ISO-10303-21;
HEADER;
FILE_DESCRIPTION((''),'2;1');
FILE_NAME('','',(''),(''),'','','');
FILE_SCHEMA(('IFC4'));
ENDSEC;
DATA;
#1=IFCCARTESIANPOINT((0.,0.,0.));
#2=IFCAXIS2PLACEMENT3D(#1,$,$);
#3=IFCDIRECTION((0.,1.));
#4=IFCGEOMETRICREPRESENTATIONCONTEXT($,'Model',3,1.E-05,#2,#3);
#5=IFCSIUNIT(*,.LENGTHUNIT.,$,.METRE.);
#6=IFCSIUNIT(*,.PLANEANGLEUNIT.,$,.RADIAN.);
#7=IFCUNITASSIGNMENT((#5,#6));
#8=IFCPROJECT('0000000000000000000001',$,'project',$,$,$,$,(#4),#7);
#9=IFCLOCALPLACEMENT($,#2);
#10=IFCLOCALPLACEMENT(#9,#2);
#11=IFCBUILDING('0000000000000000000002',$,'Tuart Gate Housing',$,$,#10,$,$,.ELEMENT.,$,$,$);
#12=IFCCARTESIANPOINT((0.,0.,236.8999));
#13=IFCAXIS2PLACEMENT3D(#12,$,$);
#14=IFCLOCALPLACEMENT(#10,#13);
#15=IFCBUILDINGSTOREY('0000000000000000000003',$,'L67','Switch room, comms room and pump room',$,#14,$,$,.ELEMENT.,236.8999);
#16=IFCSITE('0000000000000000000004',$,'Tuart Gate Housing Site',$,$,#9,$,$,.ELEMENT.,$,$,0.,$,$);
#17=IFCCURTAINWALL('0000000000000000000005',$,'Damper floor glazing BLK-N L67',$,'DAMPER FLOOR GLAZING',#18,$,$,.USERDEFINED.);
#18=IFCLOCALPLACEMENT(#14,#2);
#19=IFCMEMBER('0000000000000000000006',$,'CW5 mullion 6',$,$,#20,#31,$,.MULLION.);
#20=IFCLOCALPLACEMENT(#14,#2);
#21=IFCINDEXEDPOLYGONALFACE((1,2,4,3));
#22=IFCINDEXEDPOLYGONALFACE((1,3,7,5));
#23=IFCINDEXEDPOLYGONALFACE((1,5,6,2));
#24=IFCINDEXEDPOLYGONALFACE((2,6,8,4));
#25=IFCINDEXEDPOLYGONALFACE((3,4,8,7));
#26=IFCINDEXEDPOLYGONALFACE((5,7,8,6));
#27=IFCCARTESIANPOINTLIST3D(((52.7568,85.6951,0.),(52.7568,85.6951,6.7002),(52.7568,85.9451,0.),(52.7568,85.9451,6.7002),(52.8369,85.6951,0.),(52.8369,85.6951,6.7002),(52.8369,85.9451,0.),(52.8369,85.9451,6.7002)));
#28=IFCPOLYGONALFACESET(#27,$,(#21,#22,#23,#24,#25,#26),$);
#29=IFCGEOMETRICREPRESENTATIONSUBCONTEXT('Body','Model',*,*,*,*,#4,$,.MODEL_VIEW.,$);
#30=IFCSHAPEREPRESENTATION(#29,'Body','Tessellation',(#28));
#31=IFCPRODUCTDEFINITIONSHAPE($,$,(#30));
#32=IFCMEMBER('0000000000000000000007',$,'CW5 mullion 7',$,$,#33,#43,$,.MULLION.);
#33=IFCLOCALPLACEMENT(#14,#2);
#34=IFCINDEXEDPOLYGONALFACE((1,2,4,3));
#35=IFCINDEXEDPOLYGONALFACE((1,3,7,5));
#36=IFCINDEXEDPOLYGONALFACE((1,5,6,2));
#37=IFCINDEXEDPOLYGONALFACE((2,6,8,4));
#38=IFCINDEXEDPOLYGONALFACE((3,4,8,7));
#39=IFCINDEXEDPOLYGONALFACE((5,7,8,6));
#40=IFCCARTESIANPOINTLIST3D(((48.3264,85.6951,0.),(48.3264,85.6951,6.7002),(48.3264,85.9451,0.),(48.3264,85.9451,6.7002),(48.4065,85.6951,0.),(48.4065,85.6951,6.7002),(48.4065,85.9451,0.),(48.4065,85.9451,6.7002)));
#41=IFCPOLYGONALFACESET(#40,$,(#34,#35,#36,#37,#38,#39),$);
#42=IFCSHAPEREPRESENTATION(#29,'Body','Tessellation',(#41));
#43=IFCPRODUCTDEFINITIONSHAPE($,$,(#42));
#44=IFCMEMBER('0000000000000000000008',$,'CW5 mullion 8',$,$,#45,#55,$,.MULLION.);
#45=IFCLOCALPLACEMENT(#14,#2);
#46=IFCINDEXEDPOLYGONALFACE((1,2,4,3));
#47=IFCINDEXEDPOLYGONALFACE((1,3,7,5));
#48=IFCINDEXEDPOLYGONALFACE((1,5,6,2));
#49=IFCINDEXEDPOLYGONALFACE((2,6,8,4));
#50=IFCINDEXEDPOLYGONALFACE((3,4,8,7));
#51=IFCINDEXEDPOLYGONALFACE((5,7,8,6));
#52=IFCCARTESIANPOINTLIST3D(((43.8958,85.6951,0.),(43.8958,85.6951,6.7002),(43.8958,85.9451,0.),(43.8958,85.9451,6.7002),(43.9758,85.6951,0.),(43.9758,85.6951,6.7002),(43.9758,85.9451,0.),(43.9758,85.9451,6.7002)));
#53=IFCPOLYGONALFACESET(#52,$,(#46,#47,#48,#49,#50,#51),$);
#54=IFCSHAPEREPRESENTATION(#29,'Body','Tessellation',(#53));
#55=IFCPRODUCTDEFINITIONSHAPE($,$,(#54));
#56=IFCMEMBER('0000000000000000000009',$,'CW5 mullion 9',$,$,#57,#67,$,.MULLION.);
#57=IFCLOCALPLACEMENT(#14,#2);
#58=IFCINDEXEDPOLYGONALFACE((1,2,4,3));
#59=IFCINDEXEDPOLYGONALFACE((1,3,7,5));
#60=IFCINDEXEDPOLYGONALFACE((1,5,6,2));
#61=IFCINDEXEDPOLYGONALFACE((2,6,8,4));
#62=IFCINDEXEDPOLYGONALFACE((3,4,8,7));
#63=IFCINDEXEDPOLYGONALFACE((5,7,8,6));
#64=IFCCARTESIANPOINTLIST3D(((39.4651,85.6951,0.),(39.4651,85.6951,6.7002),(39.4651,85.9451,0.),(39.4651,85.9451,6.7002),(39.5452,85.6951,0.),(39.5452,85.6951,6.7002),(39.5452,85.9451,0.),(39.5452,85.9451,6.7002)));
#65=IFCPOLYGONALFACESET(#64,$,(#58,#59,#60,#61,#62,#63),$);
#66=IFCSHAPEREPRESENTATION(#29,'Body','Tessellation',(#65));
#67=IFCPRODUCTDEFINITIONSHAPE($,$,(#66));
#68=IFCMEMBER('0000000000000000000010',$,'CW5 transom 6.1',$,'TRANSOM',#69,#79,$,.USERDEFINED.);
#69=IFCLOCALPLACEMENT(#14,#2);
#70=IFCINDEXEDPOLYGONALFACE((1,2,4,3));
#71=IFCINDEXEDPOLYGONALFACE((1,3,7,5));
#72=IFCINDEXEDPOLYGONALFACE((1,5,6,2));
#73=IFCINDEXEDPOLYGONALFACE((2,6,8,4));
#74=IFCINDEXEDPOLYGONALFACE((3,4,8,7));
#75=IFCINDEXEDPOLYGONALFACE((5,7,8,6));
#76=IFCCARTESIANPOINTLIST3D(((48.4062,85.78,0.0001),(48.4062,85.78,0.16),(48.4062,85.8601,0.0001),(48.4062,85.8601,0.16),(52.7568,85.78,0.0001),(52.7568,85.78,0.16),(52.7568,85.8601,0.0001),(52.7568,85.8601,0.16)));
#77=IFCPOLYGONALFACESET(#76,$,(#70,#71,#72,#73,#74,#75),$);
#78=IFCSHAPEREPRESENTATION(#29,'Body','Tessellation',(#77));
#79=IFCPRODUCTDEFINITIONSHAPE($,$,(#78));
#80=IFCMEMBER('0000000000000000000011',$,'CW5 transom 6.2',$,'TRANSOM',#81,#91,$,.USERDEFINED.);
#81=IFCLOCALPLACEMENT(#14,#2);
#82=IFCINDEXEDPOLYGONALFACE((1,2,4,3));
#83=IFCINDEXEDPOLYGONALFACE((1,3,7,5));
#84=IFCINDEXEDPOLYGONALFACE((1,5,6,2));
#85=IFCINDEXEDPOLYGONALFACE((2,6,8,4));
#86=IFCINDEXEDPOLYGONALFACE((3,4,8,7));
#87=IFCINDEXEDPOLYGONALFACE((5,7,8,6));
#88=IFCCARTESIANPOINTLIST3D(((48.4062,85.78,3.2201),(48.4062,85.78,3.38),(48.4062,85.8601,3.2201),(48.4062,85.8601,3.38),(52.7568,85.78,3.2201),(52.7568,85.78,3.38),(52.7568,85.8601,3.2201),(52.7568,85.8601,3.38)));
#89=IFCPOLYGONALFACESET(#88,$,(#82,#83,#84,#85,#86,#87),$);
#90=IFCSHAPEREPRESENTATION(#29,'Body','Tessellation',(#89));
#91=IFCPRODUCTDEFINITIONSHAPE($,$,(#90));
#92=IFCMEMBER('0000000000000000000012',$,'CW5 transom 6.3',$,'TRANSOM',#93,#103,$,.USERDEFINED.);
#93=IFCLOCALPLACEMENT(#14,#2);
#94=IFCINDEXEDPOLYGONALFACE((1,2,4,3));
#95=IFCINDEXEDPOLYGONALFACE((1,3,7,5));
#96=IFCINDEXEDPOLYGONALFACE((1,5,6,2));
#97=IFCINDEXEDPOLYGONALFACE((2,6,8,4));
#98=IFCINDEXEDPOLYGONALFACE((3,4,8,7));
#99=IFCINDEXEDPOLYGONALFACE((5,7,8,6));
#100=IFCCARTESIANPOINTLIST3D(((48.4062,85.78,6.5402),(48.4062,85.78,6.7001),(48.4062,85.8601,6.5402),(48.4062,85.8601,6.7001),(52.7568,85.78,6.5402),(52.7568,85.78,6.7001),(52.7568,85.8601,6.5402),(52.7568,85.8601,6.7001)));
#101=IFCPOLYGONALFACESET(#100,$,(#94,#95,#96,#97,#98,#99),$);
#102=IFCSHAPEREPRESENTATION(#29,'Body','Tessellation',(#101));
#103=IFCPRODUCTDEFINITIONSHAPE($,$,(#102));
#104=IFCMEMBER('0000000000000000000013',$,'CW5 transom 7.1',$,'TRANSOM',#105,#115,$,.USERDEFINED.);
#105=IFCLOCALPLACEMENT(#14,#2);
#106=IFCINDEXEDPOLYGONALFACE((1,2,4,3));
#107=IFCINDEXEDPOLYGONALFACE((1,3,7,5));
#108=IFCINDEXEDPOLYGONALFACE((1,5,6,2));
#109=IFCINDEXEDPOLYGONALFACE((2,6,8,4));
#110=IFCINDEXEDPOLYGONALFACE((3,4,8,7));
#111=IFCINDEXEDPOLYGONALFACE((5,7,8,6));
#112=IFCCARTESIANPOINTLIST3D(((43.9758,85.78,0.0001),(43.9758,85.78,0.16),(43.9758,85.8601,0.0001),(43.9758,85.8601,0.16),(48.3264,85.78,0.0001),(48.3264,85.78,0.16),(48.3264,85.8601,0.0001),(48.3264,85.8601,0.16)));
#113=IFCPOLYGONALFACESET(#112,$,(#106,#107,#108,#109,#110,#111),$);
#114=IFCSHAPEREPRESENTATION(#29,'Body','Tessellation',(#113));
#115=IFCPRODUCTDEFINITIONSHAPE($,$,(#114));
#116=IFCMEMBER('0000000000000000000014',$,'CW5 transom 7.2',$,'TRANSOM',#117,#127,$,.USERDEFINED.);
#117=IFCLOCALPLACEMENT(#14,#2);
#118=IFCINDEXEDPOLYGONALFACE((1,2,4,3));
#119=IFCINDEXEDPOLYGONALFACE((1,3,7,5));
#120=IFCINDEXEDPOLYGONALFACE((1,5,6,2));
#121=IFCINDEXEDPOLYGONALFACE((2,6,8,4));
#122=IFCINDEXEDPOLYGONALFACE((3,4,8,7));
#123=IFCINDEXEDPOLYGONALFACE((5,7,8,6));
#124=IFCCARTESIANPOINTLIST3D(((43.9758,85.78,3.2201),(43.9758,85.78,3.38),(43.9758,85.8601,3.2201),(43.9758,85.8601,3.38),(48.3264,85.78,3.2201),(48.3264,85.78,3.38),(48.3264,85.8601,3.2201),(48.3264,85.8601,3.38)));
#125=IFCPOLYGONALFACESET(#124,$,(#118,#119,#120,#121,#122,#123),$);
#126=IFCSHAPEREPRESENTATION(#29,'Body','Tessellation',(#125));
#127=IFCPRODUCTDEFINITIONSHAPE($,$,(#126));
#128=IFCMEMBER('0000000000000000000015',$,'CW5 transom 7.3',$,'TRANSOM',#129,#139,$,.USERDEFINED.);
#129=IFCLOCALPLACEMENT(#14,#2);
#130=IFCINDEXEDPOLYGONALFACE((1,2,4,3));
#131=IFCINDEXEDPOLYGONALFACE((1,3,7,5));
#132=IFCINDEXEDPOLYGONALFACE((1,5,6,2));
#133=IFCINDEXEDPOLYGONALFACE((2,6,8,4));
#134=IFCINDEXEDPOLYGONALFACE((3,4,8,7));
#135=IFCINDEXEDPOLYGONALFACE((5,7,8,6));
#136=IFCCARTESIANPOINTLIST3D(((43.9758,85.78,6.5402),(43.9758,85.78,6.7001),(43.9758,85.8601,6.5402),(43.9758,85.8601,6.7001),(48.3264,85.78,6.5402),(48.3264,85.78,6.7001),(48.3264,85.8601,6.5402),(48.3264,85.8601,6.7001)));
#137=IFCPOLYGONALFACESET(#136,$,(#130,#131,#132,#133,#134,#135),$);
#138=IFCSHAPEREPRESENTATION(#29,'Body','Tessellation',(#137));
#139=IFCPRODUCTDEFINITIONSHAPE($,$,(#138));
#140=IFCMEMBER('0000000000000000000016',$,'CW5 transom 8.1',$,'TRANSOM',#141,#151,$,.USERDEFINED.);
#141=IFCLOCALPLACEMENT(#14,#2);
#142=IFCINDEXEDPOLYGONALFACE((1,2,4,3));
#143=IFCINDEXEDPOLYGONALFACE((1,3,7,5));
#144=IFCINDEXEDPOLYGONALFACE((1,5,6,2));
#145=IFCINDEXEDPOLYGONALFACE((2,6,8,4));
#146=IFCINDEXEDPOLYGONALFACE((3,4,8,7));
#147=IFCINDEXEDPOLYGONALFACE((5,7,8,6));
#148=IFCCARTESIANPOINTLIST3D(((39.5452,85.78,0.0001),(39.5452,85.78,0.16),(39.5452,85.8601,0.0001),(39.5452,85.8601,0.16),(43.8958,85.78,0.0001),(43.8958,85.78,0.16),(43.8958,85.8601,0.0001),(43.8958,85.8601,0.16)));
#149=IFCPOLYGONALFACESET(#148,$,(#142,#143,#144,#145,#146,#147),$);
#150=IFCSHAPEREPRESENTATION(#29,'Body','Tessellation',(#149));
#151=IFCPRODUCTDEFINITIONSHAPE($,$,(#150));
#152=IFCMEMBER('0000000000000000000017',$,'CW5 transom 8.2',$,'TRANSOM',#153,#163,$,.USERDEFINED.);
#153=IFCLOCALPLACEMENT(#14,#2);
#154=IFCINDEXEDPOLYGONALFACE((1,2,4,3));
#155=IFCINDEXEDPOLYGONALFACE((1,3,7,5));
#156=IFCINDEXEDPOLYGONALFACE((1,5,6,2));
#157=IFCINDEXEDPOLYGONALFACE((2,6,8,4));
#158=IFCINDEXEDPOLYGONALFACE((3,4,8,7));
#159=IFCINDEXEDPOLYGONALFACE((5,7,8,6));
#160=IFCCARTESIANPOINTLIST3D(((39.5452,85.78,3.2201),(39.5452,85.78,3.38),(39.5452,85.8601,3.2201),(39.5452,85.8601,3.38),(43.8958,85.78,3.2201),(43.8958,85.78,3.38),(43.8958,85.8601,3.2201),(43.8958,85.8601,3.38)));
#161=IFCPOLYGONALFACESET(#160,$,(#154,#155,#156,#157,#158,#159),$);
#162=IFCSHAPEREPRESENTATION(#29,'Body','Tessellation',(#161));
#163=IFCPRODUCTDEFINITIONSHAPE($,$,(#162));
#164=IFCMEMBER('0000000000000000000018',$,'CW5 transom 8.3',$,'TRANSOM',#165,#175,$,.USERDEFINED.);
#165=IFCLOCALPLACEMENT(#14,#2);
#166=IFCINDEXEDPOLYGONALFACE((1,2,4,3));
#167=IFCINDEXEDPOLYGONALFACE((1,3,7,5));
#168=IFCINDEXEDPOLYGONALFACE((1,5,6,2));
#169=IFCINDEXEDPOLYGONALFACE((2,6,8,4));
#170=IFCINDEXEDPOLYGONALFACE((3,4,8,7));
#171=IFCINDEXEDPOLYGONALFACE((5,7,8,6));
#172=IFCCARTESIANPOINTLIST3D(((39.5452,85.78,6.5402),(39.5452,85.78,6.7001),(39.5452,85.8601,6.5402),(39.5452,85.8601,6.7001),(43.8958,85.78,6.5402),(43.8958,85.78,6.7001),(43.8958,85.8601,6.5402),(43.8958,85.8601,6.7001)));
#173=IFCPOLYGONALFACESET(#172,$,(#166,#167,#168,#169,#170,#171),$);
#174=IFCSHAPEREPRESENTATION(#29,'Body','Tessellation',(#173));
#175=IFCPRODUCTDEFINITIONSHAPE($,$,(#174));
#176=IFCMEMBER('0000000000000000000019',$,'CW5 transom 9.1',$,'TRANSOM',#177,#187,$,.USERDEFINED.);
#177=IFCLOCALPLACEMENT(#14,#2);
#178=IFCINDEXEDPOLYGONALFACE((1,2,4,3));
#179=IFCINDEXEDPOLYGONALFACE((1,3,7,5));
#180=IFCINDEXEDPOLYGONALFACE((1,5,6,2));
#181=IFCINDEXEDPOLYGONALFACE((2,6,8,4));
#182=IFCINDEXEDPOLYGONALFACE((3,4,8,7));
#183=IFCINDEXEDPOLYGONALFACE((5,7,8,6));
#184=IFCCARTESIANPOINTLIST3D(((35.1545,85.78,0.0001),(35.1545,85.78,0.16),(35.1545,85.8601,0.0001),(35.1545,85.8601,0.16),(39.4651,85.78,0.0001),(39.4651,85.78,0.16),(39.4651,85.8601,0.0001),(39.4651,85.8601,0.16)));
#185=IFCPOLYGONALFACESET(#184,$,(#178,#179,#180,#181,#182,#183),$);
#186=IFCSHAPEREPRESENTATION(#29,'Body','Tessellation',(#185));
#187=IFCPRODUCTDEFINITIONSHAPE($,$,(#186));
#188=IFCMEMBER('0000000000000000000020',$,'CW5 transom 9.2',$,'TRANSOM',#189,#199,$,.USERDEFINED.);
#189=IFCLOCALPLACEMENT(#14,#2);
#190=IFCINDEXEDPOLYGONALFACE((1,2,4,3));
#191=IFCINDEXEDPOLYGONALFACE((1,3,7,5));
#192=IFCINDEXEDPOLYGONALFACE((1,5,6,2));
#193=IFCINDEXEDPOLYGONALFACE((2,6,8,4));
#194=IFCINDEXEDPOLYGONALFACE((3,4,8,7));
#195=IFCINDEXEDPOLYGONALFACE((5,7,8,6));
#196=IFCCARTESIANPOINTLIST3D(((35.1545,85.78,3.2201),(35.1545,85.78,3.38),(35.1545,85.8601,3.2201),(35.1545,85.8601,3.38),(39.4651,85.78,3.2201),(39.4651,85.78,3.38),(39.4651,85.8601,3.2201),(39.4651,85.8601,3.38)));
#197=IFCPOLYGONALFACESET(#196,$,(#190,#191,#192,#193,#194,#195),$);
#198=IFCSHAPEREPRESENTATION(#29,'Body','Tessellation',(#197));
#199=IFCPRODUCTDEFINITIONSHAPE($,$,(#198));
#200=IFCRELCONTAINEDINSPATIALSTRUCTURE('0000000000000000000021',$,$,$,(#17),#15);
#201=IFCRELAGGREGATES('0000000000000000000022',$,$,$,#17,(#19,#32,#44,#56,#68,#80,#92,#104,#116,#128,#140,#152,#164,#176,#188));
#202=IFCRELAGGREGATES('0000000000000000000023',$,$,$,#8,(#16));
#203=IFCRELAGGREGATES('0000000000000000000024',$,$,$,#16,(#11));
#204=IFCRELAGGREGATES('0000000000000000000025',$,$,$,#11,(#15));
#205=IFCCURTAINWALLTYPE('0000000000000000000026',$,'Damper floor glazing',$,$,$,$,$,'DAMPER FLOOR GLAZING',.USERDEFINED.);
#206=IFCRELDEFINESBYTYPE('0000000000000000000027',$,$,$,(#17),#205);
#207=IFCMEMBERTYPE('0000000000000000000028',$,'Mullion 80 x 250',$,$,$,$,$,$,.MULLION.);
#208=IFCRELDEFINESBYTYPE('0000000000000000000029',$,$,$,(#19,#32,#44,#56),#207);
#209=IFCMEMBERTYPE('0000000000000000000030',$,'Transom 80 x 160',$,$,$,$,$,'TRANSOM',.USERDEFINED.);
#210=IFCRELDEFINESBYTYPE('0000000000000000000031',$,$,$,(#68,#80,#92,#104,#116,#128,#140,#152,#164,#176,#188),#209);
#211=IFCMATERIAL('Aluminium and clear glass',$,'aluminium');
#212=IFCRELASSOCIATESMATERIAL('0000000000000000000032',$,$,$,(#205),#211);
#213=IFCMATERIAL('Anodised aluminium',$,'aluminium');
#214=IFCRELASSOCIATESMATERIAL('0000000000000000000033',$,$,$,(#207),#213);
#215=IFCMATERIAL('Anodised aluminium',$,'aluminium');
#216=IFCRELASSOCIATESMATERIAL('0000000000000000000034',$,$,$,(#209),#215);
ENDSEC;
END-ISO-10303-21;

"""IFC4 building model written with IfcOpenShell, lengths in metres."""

from ifc_helpers import new_model, si_unit, direction, frame, origin, origin_2d, place, context, subcontext, project, spatial, rectangle, extrude, material, material_profile, profile_set, type_object, element, aggregate, save


model = new_model("IFC4")

# Units and contexts
model_context = context("Model", 3, precision=1e-05, world=origin(), true_north=direction((0.0, 1.0)))
body_context = subcontext(model_context, "Body", "Model", "MODEL_VIEW")
ifc_project = project(units=[si_unit("LENGTHUNIT", "METRE"), si_unit("PLANEANGLEUNIT", "RADIAN")], contexts=[model_context])

# Site, building, storey
site_placement = place(None, origin())
site = spatial("IfcSite", under=ifc_project, at=site_placement, Name="Tuart Gate Housing Site", CompositionType="ELEMENT", RefElevation=0.0)
building_placement = place(site_placement, origin())
building = spatial("IfcBuilding", under=site, at=building_placement, Name="Tuart Gate Housing", CompositionType="ELEMENT")
storey_placement = place(building_placement, frame((0.0, 0.0, 236.8999)))
storey = spatial("IfcBuildingStorey", under=building, at=storey_placement, Name="L67", Description="Switch room, comms room and pump room", CompositionType="ELEMENT", Elevation=236.8999)

# Curtain wall, members
ifc_material_1 = material(Name="Aluminium and clear glass", Category="aluminium")
curtain_wall_type = type_object("IfcCurtainWallType", Name="Damper floor glazing", ElementType="DAMPER FLOOR GLAZING", PredefinedType="USERDEFINED", material=ifc_material_1)
curtain_wall_placement = place(storey_placement, origin())
curtain_wall = element("IfcCurtainWall", 1, at=curtain_wall_placement, inside=storey, type_object=curtain_wall_type, Name="Damper floor glazing BLK-N L67", ObjectType="DAMPER FLOOR GLAZING", PredefinedType="USERDEFINED")
ifc_material_2 = material(Name="Anodised aluminium", Category="aluminium")
ifc_material_profile_1 = material_profile(ifc_material_2, rectangle(XDim=0.0801, YDim=0.25, at=origin_2d()), Name="80x250")
ifc_profile_set_1 = profile_set([ifc_material_profile_1], Name="Anodised aluminium")
member_type_1 = type_object("IfcMemberType", Name="Mullion 80 x 250", PredefinedType="MULLION", material=ifc_profile_set_1)
member_1_placement = place(storey_placement, frame((52.7969, 85.8201, 0.0), z_axis=(0.0, 0.0, 1.0), x_axis=(-1.0, 0.0, 0.0)))
member_1 = element("IfcMember", 2, at=member_1_placement, type_object=member_type_1, Name="CW5 mullion 6", PredefinedType="MULLION", context=body_context, shape_type="SweptSolid", body=[
    extrude(rectangle(XDim=0.0801, YDim=0.25, at=origin_2d()), origin(), (0.0, 0.0, 1.0), 6.7002),
])
member_2_placement = place(storey_placement, frame((48.3665, 85.8201, 0.0), z_axis=(0.0, 0.0, 1.0), x_axis=(-1.0, 0.0, 0.0)))
member_2 = element("IfcMember", 3, at=member_2_placement, type_object=member_type_1, Name="CW5 mullion 7", PredefinedType="MULLION", context=body_context, shape_type="SweptSolid", body=[
    extrude(rectangle(XDim=0.0801, YDim=0.25, at=origin_2d()), origin(), (0.0, 0.0, 1.0), 6.7002),
])
member_3_placement = place(storey_placement, frame((43.9358, 85.8201, 0.0), z_axis=(0.0, 0.0, 1.0), x_axis=(-1.0, 0.0, 0.0)))
member_3 = element("IfcMember", 4, at=member_3_placement, type_object=member_type_1, Name="CW5 mullion 8", PredefinedType="MULLION", context=body_context, shape_type="SweptSolid", body=[
    extrude(rectangle(XDim=0.0801, YDim=0.25, at=origin_2d()), origin(), (0.0, 0.0, 1.0), 6.7002),
])
member_4_placement = place(storey_placement, frame((39.5051, 85.8201, 0.0), z_axis=(0.0, 0.0, 1.0), x_axis=(-1.0, 0.0, 0.0)))
member_4 = element("IfcMember", 5, at=member_4_placement, type_object=member_type_1, Name="CW5 mullion 9", PredefinedType="MULLION", context=body_context, shape_type="SweptSolid", body=[
    extrude(rectangle(XDim=0.0801, YDim=0.25, at=origin_2d()), origin(), (0.0, 0.0, 1.0), 6.7002),
])
ifc_material_3 = material(Name="Anodised aluminium", Category="aluminium")
ifc_material_profile_2 = material_profile(ifc_material_3, rectangle(XDim=0.0801, YDim=0.1599, at=origin_2d()), Name="80x160")
ifc_profile_set_2 = profile_set([ifc_material_profile_2], Name="Anodised aluminium")
member_type_2 = type_object("IfcMemberType", Name="Transom 80 x 160", ElementType="TRANSOM", PredefinedType="USERDEFINED", material=ifc_profile_set_2)
member_5_placement = place(storey_placement, frame((52.7568, 85.8201, 0.0801), z_axis=(-1.0, 0.0, 0.0), x_axis=(0.0, -1.0, 0.0)))
member_5 = element("IfcMember", 6, at=member_5_placement, type_object=member_type_2, Name="CW5 transom 6.1", ObjectType="TRANSOM", PredefinedType="USERDEFINED", context=body_context, shape_type="SweptSolid", body=[
    extrude(rectangle(XDim=0.0801, YDim=0.1599, at=origin_2d()), origin(), (0.0, 0.0, 1.0), 4.3506),
])
member_6_placement = place(storey_placement, frame((52.7568, 85.8201, 3.3), z_axis=(-1.0, 0.0, 0.0), x_axis=(0.0, -1.0, 0.0)))
member_6 = element("IfcMember", 7, at=member_6_placement, type_object=member_type_2, Name="CW5 transom 6.2", ObjectType="TRANSOM", PredefinedType="USERDEFINED", context=body_context, shape_type="SweptSolid", body=[
    extrude(rectangle(XDim=0.0801, YDim=0.1599, at=origin_2d()), origin(), (0.0, 0.0, 1.0), 4.3506),
])
member_7_placement = place(storey_placement, frame((52.7568, 85.8201, 6.6201), z_axis=(-1.0, 0.0, 0.0), x_axis=(0.0, -1.0, 0.0)))
member_7 = element("IfcMember", 8, at=member_7_placement, type_object=member_type_2, Name="CW5 transom 6.3", ObjectType="TRANSOM", PredefinedType="USERDEFINED", context=body_context, shape_type="SweptSolid", body=[
    extrude(rectangle(XDim=0.0801, YDim=0.1599, at=origin_2d()), origin(), (0.0, 0.0, 1.0), 4.3506),
])
member_8_placement = place(storey_placement, frame((48.3264, 85.8201, 0.0801), z_axis=(-1.0, 0.0, 0.0), x_axis=(0.0, -1.0, 0.0)))
member_8 = element("IfcMember", 9, at=member_8_placement, type_object=member_type_2, Name="CW5 transom 7.1", ObjectType="TRANSOM", PredefinedType="USERDEFINED", context=body_context, shape_type="SweptSolid", body=[
    extrude(rectangle(XDim=0.0801, YDim=0.1599, at=origin_2d()), origin(), (0.0, 0.0, 1.0), 4.3506),
])
member_9_placement = place(storey_placement, frame((48.3264, 85.8201, 3.3), z_axis=(-1.0, 0.0, 0.0), x_axis=(0.0, -1.0, 0.0)))
member_9 = element("IfcMember", 10, at=member_9_placement, type_object=member_type_2, Name="CW5 transom 7.2", ObjectType="TRANSOM", PredefinedType="USERDEFINED", context=body_context, shape_type="SweptSolid", body=[
    extrude(rectangle(XDim=0.0801, YDim=0.1599, at=origin_2d()), origin(), (0.0, 0.0, 1.0), 4.3506),
])
member_10_placement = place(storey_placement, frame((48.3264, 85.8201, 6.6201), z_axis=(-1.0, 0.0, 0.0), x_axis=(0.0, -1.0, 0.0)))
member_10 = element("IfcMember", 11, at=member_10_placement, type_object=member_type_2, Name="CW5 transom 7.3", ObjectType="TRANSOM", PredefinedType="USERDEFINED", context=body_context, shape_type="SweptSolid", body=[
    extrude(rectangle(XDim=0.0801, YDim=0.1599, at=origin_2d()), origin(), (0.0, 0.0, 1.0), 4.3506),
])
member_11_placement = place(storey_placement, frame((43.8958, 85.8201, 0.0801), z_axis=(-1.0, 0.0, 0.0), x_axis=(0.0, -1.0, 0.0)))
member_11 = element("IfcMember", 12, at=member_11_placement, type_object=member_type_2, Name="CW5 transom 8.1", ObjectType="TRANSOM", PredefinedType="USERDEFINED", context=body_context, shape_type="SweptSolid", body=[
    extrude(rectangle(XDim=0.0801, YDim=0.1599, at=origin_2d()), origin(), (0.0, 0.0, 1.0), 4.3506),
])
member_12_placement = place(storey_placement, frame((43.8958, 85.8201, 3.3), z_axis=(-1.0, 0.0, 0.0), x_axis=(0.0, -1.0, 0.0)))
member_12 = element("IfcMember", 13, at=member_12_placement, type_object=member_type_2, Name="CW5 transom 8.2", ObjectType="TRANSOM", PredefinedType="USERDEFINED", context=body_context, shape_type="SweptSolid", body=[
    extrude(rectangle(XDim=0.0801, YDim=0.1599, at=origin_2d()), origin(), (0.0, 0.0, 1.0), 4.3506),
])
member_13_placement = place(storey_placement, frame((43.8958, 85.8201, 6.6201), z_axis=(-1.0, 0.0, 0.0), x_axis=(0.0, -1.0, 0.0)))
member_13 = element("IfcMember", 14, at=member_13_placement, type_object=member_type_2, Name="CW5 transom 8.3", ObjectType="TRANSOM", PredefinedType="USERDEFINED", context=body_context, shape_type="SweptSolid", body=[
    extrude(rectangle(XDim=0.0801, YDim=0.1599, at=origin_2d()), origin(), (0.0, 0.0, 1.0), 4.3506),
])
member_14_placement = place(storey_placement, frame((39.4651, 85.8201, 0.0801), z_axis=(-1.0, 0.0, 0.0), x_axis=(0.0, -1.0, 0.0)))
member_14 = element("IfcMember", 15, at=member_14_placement, type_object=member_type_2, Name="CW5 transom 9.1", ObjectType="TRANSOM", PredefinedType="USERDEFINED", context=body_context, shape_type="SweptSolid", body=[
    extrude(rectangle(XDim=0.0801, YDim=0.1599, at=origin_2d()), origin(), (0.0, 0.0, 1.0), 4.3105),
])
member_15_placement = place(storey_placement, frame((39.4651, 85.8201, 3.3), z_axis=(-1.0, 0.0, 0.0), x_axis=(0.0, -1.0, 0.0)))
member_15 = element("IfcMember", 16, at=member_15_placement, type_object=member_type_2, Name="CW5 transom 9.2", ObjectType="TRANSOM", PredefinedType="USERDEFINED", context=body_context, shape_type="SweptSolid", body=[
    extrude(rectangle(XDim=0.0801, YDim=0.1599, at=origin_2d()), origin(), (0.0, 0.0, 1.0), 4.3105),
])
aggregate(curtain_wall, [member_1, member_2, member_3, member_4, member_5, member_6, member_7, member_8, member_9, member_10, member_11, member_12, member_13, member_14, member_15])

save(model, "model.ifc")
